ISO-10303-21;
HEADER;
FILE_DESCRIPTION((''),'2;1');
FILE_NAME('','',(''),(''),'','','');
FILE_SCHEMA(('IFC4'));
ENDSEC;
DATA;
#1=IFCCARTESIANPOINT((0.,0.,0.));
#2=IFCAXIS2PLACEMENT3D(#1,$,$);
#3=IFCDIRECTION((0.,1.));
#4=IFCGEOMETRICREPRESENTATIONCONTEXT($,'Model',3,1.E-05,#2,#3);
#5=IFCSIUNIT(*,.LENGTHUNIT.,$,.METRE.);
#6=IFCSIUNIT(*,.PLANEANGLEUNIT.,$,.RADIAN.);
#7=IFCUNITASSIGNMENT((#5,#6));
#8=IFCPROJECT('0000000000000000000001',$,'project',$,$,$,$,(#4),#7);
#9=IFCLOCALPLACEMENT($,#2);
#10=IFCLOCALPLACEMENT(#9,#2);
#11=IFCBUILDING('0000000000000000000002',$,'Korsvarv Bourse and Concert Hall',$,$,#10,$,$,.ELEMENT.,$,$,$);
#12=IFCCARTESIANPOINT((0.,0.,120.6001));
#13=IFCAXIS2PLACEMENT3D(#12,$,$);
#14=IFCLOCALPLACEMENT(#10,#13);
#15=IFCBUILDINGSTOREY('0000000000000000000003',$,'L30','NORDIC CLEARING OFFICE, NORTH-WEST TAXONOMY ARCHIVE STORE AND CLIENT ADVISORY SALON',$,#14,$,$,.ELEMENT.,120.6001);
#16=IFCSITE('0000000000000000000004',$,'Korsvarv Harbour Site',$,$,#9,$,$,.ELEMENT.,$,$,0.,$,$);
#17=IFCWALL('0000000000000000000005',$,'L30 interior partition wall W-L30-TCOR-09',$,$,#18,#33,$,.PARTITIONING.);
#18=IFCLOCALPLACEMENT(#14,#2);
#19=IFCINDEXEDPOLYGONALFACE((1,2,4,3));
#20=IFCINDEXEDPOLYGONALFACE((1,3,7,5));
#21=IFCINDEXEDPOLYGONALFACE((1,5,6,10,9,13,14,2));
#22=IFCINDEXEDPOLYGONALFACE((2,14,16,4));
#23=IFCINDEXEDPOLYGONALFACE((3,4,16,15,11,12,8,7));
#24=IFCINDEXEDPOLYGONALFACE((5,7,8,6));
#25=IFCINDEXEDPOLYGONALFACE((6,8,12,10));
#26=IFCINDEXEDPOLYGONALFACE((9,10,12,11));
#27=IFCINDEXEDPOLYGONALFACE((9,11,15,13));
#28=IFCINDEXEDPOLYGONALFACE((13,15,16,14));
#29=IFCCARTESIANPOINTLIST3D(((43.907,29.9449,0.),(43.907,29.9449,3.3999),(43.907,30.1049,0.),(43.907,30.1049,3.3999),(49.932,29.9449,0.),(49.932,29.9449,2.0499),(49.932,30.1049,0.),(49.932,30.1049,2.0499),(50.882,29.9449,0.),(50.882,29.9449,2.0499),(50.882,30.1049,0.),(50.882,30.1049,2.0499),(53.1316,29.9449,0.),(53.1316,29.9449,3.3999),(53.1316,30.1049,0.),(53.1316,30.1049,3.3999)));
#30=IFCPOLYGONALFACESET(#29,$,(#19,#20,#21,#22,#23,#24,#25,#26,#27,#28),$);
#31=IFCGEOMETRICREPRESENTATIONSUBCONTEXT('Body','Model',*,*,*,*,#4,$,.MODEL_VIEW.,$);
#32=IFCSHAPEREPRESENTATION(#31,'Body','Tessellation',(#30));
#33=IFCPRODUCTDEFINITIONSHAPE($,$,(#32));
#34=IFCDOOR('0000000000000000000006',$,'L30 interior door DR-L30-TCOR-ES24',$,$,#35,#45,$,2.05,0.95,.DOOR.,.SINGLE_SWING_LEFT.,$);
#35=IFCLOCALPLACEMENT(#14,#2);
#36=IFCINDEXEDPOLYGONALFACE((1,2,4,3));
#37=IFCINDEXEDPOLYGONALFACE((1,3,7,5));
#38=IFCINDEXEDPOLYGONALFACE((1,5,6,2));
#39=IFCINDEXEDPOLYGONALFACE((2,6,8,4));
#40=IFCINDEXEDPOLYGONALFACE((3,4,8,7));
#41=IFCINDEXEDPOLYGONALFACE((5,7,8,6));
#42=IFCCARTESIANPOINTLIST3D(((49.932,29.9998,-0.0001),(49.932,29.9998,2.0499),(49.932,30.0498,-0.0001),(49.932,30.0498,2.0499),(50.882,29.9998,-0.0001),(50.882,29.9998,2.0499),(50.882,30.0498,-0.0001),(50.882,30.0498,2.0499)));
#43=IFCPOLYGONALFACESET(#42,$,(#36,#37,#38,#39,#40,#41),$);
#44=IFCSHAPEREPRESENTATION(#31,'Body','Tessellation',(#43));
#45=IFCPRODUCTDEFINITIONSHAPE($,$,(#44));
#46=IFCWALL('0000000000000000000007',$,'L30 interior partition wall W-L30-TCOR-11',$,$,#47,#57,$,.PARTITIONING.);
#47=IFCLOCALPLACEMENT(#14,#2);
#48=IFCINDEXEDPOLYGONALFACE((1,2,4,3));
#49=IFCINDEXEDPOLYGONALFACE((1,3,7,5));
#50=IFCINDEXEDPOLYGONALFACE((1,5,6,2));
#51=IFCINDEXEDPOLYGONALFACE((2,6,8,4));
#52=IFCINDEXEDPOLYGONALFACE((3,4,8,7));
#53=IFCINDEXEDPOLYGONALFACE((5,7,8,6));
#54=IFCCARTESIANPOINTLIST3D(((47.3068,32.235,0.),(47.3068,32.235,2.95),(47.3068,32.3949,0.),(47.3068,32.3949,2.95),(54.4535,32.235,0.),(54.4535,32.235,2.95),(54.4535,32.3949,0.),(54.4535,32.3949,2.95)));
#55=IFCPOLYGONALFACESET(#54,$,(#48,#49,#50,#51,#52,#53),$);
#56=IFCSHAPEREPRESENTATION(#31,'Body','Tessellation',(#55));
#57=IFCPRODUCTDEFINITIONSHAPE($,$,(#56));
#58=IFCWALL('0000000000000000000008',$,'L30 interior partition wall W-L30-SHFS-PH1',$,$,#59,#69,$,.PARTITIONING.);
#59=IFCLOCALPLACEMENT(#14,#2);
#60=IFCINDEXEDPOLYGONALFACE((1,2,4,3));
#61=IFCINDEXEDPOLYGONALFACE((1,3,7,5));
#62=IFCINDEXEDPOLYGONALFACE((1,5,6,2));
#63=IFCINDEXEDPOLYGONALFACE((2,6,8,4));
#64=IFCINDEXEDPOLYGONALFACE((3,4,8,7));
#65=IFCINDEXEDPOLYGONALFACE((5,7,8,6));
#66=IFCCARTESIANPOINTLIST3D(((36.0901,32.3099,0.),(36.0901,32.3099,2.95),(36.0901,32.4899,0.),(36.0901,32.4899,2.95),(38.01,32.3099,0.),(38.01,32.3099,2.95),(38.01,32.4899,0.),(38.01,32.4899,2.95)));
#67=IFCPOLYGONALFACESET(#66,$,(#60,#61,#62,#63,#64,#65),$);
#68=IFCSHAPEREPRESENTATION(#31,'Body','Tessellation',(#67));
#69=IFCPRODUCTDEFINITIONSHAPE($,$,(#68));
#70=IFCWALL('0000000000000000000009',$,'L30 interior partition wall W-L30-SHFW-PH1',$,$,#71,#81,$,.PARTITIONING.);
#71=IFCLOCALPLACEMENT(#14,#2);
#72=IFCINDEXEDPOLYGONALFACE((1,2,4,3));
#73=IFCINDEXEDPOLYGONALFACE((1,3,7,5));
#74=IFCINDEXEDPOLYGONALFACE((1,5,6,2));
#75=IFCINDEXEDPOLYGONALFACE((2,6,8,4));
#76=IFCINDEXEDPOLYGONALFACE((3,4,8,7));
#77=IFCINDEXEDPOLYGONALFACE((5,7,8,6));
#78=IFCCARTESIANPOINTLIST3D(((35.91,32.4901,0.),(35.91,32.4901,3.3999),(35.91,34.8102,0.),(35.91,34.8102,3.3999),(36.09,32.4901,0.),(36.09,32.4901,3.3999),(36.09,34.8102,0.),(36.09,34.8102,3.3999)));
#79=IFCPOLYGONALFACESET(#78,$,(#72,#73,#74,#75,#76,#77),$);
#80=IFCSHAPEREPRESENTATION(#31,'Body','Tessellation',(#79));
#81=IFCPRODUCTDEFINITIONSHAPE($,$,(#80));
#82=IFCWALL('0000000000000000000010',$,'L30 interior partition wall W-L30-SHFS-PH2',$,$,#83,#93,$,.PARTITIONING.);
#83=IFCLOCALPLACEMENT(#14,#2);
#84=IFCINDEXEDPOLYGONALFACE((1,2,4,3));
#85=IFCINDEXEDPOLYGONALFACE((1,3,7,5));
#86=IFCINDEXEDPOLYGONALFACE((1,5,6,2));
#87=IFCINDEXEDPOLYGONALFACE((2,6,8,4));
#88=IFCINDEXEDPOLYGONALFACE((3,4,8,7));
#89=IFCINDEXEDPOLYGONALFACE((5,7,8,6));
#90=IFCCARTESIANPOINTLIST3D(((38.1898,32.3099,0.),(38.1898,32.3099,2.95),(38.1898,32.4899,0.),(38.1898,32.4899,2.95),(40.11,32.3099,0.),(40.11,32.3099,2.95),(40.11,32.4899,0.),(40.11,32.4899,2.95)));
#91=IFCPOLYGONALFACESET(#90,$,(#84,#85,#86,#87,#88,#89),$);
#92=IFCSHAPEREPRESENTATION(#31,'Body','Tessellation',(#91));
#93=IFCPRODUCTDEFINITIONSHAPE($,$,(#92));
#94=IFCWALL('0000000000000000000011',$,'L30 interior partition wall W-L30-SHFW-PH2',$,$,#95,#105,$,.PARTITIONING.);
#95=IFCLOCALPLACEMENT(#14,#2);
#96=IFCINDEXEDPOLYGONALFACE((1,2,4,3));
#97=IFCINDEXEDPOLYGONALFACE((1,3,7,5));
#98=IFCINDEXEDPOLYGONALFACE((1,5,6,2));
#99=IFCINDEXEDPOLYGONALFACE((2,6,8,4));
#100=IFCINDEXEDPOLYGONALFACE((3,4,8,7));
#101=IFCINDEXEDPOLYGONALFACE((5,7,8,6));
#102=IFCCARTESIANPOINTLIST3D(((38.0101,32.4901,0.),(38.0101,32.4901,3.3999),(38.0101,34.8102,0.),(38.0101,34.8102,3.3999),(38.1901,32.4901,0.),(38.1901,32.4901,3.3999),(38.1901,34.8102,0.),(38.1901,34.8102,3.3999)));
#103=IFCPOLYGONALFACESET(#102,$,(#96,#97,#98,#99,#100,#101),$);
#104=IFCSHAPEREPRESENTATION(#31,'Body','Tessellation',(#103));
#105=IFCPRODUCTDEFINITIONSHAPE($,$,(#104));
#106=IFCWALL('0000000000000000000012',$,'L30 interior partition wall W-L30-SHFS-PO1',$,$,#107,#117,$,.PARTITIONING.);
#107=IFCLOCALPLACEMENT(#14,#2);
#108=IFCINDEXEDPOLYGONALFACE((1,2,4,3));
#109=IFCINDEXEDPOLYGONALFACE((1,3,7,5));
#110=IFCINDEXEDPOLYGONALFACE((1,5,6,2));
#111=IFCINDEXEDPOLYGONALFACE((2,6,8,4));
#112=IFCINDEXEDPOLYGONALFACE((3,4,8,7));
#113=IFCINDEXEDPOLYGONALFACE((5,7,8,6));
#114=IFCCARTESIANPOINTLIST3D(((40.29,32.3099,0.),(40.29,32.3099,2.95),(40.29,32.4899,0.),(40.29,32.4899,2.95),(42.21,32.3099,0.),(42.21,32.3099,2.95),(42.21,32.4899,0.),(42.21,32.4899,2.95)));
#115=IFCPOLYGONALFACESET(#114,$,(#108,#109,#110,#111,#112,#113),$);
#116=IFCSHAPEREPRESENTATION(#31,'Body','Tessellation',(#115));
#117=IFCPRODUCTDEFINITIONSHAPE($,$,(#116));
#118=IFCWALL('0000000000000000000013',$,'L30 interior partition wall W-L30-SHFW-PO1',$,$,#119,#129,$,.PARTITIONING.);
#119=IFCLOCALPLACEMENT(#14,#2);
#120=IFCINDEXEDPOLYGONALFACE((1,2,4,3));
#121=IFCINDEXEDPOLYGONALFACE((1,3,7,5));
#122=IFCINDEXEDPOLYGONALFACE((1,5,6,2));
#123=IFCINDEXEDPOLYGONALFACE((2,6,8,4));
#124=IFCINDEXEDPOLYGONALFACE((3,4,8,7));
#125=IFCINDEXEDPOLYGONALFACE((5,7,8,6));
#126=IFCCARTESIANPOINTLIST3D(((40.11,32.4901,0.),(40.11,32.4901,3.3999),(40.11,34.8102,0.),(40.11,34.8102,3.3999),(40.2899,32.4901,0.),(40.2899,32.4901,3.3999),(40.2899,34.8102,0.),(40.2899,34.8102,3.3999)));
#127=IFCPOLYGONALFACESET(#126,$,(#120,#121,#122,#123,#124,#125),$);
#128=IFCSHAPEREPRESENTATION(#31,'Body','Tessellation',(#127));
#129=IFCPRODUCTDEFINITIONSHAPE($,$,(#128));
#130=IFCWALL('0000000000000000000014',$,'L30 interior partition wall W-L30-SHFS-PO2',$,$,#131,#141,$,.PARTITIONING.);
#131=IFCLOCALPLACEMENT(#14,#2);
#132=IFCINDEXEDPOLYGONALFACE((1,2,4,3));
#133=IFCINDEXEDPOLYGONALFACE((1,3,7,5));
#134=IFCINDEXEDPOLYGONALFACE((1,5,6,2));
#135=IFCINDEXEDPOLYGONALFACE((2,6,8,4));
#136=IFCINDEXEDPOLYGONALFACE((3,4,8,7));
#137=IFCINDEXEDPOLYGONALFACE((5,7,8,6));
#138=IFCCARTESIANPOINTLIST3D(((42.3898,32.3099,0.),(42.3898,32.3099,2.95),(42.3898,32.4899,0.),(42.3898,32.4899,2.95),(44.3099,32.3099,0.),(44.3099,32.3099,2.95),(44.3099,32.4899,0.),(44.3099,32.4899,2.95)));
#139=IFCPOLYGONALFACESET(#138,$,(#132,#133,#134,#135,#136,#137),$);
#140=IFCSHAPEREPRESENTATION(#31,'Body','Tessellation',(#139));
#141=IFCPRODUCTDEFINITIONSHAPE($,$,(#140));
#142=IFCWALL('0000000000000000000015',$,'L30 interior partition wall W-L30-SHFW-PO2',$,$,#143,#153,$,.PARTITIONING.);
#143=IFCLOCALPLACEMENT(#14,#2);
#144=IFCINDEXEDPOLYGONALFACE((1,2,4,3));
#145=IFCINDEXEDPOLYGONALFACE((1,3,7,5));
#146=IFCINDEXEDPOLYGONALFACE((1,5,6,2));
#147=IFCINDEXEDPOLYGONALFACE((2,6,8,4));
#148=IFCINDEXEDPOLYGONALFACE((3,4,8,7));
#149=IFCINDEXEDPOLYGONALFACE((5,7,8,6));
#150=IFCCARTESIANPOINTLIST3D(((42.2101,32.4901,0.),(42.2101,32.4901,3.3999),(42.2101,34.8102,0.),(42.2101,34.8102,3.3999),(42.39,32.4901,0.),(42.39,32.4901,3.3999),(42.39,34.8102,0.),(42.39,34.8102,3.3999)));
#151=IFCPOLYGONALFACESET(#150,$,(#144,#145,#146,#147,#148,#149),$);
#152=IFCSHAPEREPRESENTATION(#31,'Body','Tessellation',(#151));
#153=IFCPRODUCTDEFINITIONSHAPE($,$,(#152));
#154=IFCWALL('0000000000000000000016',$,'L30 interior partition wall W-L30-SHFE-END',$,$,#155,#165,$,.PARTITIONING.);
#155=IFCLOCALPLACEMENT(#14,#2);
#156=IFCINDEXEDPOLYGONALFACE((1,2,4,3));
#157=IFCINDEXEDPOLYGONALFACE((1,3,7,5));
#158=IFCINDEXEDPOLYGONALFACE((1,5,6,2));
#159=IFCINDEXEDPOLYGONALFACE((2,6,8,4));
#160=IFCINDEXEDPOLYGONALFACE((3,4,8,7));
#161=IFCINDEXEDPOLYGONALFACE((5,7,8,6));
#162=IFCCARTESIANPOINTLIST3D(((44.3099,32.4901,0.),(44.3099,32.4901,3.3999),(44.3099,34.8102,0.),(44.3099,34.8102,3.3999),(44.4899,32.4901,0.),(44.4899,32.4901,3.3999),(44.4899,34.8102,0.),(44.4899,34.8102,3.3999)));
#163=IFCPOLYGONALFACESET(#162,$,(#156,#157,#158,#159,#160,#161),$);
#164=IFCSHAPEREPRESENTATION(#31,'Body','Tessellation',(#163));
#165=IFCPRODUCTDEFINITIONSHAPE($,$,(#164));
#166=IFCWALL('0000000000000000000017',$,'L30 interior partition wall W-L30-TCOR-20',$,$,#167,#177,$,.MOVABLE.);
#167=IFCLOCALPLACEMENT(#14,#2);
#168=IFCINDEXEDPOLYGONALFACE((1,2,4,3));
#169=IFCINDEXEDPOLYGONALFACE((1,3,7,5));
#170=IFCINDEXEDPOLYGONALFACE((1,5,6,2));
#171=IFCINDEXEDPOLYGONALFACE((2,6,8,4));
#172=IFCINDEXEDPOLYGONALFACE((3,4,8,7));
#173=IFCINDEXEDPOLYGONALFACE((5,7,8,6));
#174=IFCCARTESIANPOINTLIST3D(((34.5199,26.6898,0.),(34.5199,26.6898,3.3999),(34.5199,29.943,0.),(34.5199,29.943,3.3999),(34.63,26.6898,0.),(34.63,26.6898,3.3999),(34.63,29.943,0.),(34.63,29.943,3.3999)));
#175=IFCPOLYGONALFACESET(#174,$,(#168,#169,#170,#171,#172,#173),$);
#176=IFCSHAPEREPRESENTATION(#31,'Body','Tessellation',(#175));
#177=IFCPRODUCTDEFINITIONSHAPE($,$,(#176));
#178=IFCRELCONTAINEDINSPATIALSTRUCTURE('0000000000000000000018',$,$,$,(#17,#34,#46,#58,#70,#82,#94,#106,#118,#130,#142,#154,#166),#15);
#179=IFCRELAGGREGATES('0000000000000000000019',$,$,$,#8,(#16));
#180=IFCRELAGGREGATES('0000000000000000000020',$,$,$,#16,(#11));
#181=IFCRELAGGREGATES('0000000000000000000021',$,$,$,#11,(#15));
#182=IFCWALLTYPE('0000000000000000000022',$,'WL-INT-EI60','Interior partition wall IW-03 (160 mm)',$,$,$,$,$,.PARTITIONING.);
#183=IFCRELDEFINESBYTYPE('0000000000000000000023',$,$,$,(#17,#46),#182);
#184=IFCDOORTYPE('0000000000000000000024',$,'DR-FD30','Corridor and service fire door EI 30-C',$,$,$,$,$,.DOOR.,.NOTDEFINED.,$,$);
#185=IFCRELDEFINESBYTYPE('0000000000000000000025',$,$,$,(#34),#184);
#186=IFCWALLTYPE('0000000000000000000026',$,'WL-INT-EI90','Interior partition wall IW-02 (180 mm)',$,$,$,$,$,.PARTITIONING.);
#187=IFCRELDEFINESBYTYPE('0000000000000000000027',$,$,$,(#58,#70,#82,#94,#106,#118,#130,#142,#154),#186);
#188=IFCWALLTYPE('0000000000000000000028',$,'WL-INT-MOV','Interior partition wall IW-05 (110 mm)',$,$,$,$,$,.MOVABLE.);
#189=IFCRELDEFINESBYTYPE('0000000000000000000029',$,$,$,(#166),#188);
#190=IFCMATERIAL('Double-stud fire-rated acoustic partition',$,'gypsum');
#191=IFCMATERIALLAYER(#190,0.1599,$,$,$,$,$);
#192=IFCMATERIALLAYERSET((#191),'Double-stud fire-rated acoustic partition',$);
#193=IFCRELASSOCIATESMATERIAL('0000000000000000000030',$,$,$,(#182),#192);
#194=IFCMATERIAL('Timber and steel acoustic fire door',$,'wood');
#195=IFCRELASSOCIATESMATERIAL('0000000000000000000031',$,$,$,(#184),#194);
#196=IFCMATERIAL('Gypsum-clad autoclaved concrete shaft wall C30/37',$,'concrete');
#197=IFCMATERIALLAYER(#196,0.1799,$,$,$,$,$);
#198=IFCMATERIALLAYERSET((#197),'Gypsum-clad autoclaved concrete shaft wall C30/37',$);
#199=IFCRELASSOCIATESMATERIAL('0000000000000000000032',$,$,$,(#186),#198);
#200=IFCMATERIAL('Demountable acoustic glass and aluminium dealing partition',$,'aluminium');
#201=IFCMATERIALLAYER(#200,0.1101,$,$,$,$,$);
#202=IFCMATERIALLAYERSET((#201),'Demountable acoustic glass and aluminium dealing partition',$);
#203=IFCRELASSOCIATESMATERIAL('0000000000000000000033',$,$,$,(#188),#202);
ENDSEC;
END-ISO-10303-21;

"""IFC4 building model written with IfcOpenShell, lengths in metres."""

from ifc_helpers import new_model, si_unit, direction, frame, frame_2d, origin, place, context, subcontext, project, spatial, rectangle, extrude, material, layer, layer_set, type_object, element, fill, save


model = new_model("IFC4")

# Units and contexts
model_context = context("Model", 3, precision=1e-05, world=origin(), true_north=direction((0.0, 1.0)))
body_context = subcontext(model_context, "Body", "Model", "MODEL_VIEW")
ifc_project = project(units=[si_unit("LENGTHUNIT", "METRE"), si_unit("PLANEANGLEUNIT", "RADIAN")], contexts=[model_context])

# Site, building, storey
site_placement = place(None, origin())
site = spatial("IfcSite", under=ifc_project, at=site_placement, Name="Korsvarv Harbour Site", CompositionType="ELEMENT", RefElevation=0.0)
building_placement = place(site_placement, origin())
building = spatial("IfcBuilding", under=site, at=building_placement, Name="Korsvarv Bourse and Concert Hall", CompositionType="ELEMENT")
storey_placement = place(building_placement, frame((0.0, 0.0, 120.6001)))
storey = spatial("IfcBuildingStorey", under=building, at=storey_placement, Name="L30", Description="NORDIC CLEARING OFFICE, NORTH-WEST TAXONOMY ARCHIVE STORE AND CLIENT ADVISORY SALON", CompositionType="ELEMENT", Elevation=120.6001)

# Shared definitions
ifc_material_1 = material(Name="Double-stud fire-rated acoustic partition", Category="gypsum")
ifc_layer_1 = layer(ifc_material_1, 0.1599)
ifc_layer_set_1 = layer_set([ifc_layer_1], Name="Double-stud fire-rated acoustic partition")
wall_type_1 = type_object("IfcWallType", Name="WL-INT-EI60", Description="Interior partition wall IW-03 (160 mm)", PredefinedType="PARTITIONING", material=ifc_layer_set_1)
ifc_material_2 = material(Name="Timber and steel acoustic fire door", Category="wood")
door_type = type_object("IfcDoorType", Name="DR-FD30", Description="Corridor and service fire door EI 30-C", OperationType="NOTDEFINED", PredefinedType="DOOR", material=ifc_material_2)

# Wall, opening, door
wall_1_placement = place(storey_placement, frame((43.907, 30.0249, 0.0), z_axis=(0.0, 0.0, 1.0), x_axis=(1.0, 0.0, 0.0)))
wall_1 = element("IfcWall", 1, at=wall_1_placement, inside=storey, type_object=wall_type_1, Name="L30 interior partition wall W-L30-TCOR-09", PredefinedType="PARTITIONING", context=body_context, shape_type="SweptSolid", body=[
    extrude(rectangle(XDim=9.2246, YDim=0.1599, at=frame_2d((4.6123, 0.0))), origin(), (0.0, 0.0, 1.0), 3.3999),
])
opening_1_placement = place(wall_1_placement, frame((6.0249, 0.0, 0.0)))
opening_1 = element("IfcOpeningElement", 2, at=opening_1_placement, cuts=wall_1, PredefinedType="OPENING", context=body_context, shape_type="SweptSolid", body=[
    extrude(rectangle(XDim=0.95, YDim=2.05, at=frame_2d((0.4751, 1.0249))), frame((0.0, 0.0898, 0.0), z_axis=(0.0, -1.0, 0.0), x_axis=(1.0, 0.0, 0.0)), (0.0, 0.0, 1.0), 0.1799),
])
door_1_placement = place(opening_1_placement, origin())
door_1 = element("IfcDoor", 3, at=door_1_placement, inside=storey, type_object=door_type, Name="L30 interior door DR-L30-TCOR-ES24", OperationType="SINGLE_SWING_LEFT", OverallHeight=2.05, OverallWidth=0.95, PredefinedType="DOOR", context=body_context, shape_type="SweptSolid", body=[
    extrude(rectangle(XDim=0.95, YDim=2.05, at=frame_2d((0.4751, 1.0249))), frame((0.0, 0.0249, 0.0), z_axis=(0.0, -1.0, 0.0), x_axis=(1.0, 0.0, 0.0)), (0.0, 0.0, 1.0), 0.05),
])
fill(opening_1, door_1)

# Walls
wall_2_placement = place(storey_placement, frame((47.3069, 32.3149, 0.0), z_axis=(0.0, 0.0, 1.0), x_axis=(1.0, 0.0, 0.0)))
element("IfcWall", 4, at=wall_2_placement, inside=storey, type_object=wall_type_1, Name="L30 interior partition wall W-L30-TCOR-11", PredefinedType="PARTITIONING", context=body_context, shape_type="SweptSolid", body=[
    extrude(rectangle(XDim=7.1467, YDim=0.1599, at=frame_2d((3.5732, 0.0))), origin(), (0.0, 0.0, 1.0), 2.95),
])
ifc_material_3 = material(Name="Gypsum-clad autoclaved concrete shaft wall C30/37", Category="concrete")
ifc_layer_2 = layer(ifc_material_3, 0.1799)
ifc_layer_set_2 = layer_set([ifc_layer_2], Name="Gypsum-clad autoclaved concrete shaft wall C30/37")
wall_type_2 = type_object("IfcWallType", Name="WL-INT-EI90", Description="Interior partition wall IW-02 (180 mm)", PredefinedType="PARTITIONING", material=ifc_layer_set_2)
wall_3_placement = place(storey_placement, frame((36.0901, 32.3999, 0.0), z_axis=(0.0, 0.0, 1.0), x_axis=(1.0, 0.0, 0.0)))
element("IfcWall", 5, at=wall_3_placement, inside=storey, type_object=wall_type_2, Name="L30 interior partition wall W-L30-SHFS-PH1", PredefinedType="PARTITIONING", context=body_context, shape_type="SweptSolid", body=[
    extrude(rectangle(XDim=1.9199, YDim=0.1799, at=frame_2d((0.96, 0.0))), origin(), (0.0, 0.0, 1.0), 2.95),
])
wall_4_placement = place(storey_placement, frame((36.0, 32.49, 0.0), z_axis=(0.0, 0.0, 1.0), x_axis=(0.0, 1.0, 0.0)))
element("IfcWall", 6, at=wall_4_placement, inside=storey, type_object=wall_type_2, Name="L30 interior partition wall W-L30-SHFW-PH1", PredefinedType="PARTITIONING", context=body_context, shape_type="SweptSolid", body=[
    extrude(rectangle(XDim=2.3201, YDim=0.1799, at=frame_2d((1.1602, 0.0))), origin(), (0.0, 0.0, 1.0), 3.3999),
])
wall_5_placement = place(storey_placement, frame((38.1899, 32.3999, 0.0), z_axis=(0.0, 0.0, 1.0), x_axis=(1.0, 0.0, 0.0)))
element("IfcWall", 7, at=wall_5_placement, inside=storey, type_object=wall_type_2, Name="L30 interior partition wall W-L30-SHFS-PH2", PredefinedType="PARTITIONING", context=body_context, shape_type="SweptSolid", body=[
    extrude(rectangle(XDim=1.9202, YDim=0.1799, at=frame_2d((0.96, 0.0))), origin(), (0.0, 0.0, 1.0), 2.95),
])
wall_6_placement = place(storey_placement, frame((38.1001, 32.49, 0.0), z_axis=(0.0, 0.0, 1.0), x_axis=(0.0, 1.0, 0.0)))
element("IfcWall", 8, at=wall_6_placement, inside=storey, type_object=wall_type_2, Name="L30 interior partition wall W-L30-SHFW-PH2", PredefinedType="PARTITIONING", context=body_context, shape_type="SweptSolid", body=[
    extrude(rectangle(XDim=2.3201, YDim=0.1799, at=frame_2d((1.1602, 0.0))), origin(), (0.0, 0.0, 1.0), 3.3999),
])
wall_7_placement = place(storey_placement, frame((40.29, 32.3999, 0.0), z_axis=(0.0, 0.0, 1.0), x_axis=(1.0, 0.0, 0.0)))
element("IfcWall", 9, at=wall_7_placement, inside=storey, type_object=wall_type_2, Name="L30 interior partition wall W-L30-SHFS-PO1", PredefinedType="PARTITIONING", context=body_context, shape_type="SweptSolid", body=[
    extrude(rectangle(XDim=1.9199, YDim=0.1799, at=frame_2d((0.96, 0.0))), origin(), (0.0, 0.0, 1.0), 2.95),
])
wall_8_placement = place(storey_placement, frame((40.2, 32.49, 0.0), z_axis=(0.0, 0.0, 1.0), x_axis=(0.0, 1.0, 0.0)))
element("IfcWall", 10, at=wall_8_placement, inside=storey, type_object=wall_type_2, Name="L30 interior partition wall W-L30-SHFW-PO1", PredefinedType="PARTITIONING", context=body_context, shape_type="SweptSolid", body=[
    extrude(rectangle(XDim=2.3201, YDim=0.1799, at=frame_2d((1.1602, 0.0))), origin(), (0.0, 0.0, 1.0), 3.3999),
])
wall_9_placement = place(storey_placement, frame((42.3899, 32.3999, 0.0), z_axis=(0.0, 0.0, 1.0), x_axis=(1.0, 0.0, 0.0)))
element("IfcWall", 11, at=wall_9_placement, inside=storey, type_object=wall_type_2, Name="L30 interior partition wall W-L30-SHFS-PO2", PredefinedType="PARTITIONING", context=body_context, shape_type="SweptSolid", body=[
    extrude(rectangle(XDim=1.9202, YDim=0.1799, at=frame_2d((0.96, 0.0))), origin(), (0.0, 0.0, 1.0), 2.95),
])
for number, where, z_axis, x_axis, name in (
    (12, (42.3, 32.49, 0.0), (0.0, 0.0, 1.0), (0.0, 1.0, 0.0), "L30 interior partition wall W-L30-SHFW-PO2"),
    (13, (44.3999, 32.49, 0.0), (0.0, 0.0, 1.0), (0.0, 1.0, 0.0), "L30 interior partition wall W-L30-SHFE-END"),
):
    element("IfcWall", number, at=place(storey_placement, frame(where, z_axis=z_axis, x_axis=x_axis)), inside=storey, type_object=wall_type_2, Name=name, PredefinedType="PARTITIONING", context=body_context, shape_type="SweptSolid", body=[
        extrude(rectangle(XDim=2.3201, YDim=0.1799, at=frame_2d((1.1602, 0.0))), origin(), (0.0, 0.0, 1.0), 3.3999),
    ])
ifc_material_4 = material(Name="Demountable acoustic glass and aluminium dealing partition", Category="aluminium")
ifc_layer_3 = layer(ifc_material_4, 0.1101)
ifc_layer_set_3 = layer_set([ifc_layer_3], Name="Demountable acoustic glass and aluminium dealing partition")
wall_type_3 = type_object("IfcWallType", Name="WL-INT-MOV", Description="Interior partition wall IW-05 (110 mm)", PredefinedType="MOVABLE", material=ifc_layer_set_3)
wall_10_placement = place(storey_placement, frame((34.575, 26.6899, 0.0), z_axis=(0.0, 0.0, 1.0), x_axis=(0.0, 1.0, 0.0)))
element("IfcWall", 14, at=wall_10_placement, inside=storey, type_object=wall_type_3, Name="L30 interior partition wall W-L30-TCOR-20", PredefinedType="MOVABLE", context=body_context, shape_type="SweptSolid", body=[
    extrude(rectangle(XDim=3.2532, YDim=0.1101, at=frame_2d((1.6265, 0.0))), origin(), (0.0, 0.0, 1.0), 3.3999),
])

save(model, "model.ifc")
